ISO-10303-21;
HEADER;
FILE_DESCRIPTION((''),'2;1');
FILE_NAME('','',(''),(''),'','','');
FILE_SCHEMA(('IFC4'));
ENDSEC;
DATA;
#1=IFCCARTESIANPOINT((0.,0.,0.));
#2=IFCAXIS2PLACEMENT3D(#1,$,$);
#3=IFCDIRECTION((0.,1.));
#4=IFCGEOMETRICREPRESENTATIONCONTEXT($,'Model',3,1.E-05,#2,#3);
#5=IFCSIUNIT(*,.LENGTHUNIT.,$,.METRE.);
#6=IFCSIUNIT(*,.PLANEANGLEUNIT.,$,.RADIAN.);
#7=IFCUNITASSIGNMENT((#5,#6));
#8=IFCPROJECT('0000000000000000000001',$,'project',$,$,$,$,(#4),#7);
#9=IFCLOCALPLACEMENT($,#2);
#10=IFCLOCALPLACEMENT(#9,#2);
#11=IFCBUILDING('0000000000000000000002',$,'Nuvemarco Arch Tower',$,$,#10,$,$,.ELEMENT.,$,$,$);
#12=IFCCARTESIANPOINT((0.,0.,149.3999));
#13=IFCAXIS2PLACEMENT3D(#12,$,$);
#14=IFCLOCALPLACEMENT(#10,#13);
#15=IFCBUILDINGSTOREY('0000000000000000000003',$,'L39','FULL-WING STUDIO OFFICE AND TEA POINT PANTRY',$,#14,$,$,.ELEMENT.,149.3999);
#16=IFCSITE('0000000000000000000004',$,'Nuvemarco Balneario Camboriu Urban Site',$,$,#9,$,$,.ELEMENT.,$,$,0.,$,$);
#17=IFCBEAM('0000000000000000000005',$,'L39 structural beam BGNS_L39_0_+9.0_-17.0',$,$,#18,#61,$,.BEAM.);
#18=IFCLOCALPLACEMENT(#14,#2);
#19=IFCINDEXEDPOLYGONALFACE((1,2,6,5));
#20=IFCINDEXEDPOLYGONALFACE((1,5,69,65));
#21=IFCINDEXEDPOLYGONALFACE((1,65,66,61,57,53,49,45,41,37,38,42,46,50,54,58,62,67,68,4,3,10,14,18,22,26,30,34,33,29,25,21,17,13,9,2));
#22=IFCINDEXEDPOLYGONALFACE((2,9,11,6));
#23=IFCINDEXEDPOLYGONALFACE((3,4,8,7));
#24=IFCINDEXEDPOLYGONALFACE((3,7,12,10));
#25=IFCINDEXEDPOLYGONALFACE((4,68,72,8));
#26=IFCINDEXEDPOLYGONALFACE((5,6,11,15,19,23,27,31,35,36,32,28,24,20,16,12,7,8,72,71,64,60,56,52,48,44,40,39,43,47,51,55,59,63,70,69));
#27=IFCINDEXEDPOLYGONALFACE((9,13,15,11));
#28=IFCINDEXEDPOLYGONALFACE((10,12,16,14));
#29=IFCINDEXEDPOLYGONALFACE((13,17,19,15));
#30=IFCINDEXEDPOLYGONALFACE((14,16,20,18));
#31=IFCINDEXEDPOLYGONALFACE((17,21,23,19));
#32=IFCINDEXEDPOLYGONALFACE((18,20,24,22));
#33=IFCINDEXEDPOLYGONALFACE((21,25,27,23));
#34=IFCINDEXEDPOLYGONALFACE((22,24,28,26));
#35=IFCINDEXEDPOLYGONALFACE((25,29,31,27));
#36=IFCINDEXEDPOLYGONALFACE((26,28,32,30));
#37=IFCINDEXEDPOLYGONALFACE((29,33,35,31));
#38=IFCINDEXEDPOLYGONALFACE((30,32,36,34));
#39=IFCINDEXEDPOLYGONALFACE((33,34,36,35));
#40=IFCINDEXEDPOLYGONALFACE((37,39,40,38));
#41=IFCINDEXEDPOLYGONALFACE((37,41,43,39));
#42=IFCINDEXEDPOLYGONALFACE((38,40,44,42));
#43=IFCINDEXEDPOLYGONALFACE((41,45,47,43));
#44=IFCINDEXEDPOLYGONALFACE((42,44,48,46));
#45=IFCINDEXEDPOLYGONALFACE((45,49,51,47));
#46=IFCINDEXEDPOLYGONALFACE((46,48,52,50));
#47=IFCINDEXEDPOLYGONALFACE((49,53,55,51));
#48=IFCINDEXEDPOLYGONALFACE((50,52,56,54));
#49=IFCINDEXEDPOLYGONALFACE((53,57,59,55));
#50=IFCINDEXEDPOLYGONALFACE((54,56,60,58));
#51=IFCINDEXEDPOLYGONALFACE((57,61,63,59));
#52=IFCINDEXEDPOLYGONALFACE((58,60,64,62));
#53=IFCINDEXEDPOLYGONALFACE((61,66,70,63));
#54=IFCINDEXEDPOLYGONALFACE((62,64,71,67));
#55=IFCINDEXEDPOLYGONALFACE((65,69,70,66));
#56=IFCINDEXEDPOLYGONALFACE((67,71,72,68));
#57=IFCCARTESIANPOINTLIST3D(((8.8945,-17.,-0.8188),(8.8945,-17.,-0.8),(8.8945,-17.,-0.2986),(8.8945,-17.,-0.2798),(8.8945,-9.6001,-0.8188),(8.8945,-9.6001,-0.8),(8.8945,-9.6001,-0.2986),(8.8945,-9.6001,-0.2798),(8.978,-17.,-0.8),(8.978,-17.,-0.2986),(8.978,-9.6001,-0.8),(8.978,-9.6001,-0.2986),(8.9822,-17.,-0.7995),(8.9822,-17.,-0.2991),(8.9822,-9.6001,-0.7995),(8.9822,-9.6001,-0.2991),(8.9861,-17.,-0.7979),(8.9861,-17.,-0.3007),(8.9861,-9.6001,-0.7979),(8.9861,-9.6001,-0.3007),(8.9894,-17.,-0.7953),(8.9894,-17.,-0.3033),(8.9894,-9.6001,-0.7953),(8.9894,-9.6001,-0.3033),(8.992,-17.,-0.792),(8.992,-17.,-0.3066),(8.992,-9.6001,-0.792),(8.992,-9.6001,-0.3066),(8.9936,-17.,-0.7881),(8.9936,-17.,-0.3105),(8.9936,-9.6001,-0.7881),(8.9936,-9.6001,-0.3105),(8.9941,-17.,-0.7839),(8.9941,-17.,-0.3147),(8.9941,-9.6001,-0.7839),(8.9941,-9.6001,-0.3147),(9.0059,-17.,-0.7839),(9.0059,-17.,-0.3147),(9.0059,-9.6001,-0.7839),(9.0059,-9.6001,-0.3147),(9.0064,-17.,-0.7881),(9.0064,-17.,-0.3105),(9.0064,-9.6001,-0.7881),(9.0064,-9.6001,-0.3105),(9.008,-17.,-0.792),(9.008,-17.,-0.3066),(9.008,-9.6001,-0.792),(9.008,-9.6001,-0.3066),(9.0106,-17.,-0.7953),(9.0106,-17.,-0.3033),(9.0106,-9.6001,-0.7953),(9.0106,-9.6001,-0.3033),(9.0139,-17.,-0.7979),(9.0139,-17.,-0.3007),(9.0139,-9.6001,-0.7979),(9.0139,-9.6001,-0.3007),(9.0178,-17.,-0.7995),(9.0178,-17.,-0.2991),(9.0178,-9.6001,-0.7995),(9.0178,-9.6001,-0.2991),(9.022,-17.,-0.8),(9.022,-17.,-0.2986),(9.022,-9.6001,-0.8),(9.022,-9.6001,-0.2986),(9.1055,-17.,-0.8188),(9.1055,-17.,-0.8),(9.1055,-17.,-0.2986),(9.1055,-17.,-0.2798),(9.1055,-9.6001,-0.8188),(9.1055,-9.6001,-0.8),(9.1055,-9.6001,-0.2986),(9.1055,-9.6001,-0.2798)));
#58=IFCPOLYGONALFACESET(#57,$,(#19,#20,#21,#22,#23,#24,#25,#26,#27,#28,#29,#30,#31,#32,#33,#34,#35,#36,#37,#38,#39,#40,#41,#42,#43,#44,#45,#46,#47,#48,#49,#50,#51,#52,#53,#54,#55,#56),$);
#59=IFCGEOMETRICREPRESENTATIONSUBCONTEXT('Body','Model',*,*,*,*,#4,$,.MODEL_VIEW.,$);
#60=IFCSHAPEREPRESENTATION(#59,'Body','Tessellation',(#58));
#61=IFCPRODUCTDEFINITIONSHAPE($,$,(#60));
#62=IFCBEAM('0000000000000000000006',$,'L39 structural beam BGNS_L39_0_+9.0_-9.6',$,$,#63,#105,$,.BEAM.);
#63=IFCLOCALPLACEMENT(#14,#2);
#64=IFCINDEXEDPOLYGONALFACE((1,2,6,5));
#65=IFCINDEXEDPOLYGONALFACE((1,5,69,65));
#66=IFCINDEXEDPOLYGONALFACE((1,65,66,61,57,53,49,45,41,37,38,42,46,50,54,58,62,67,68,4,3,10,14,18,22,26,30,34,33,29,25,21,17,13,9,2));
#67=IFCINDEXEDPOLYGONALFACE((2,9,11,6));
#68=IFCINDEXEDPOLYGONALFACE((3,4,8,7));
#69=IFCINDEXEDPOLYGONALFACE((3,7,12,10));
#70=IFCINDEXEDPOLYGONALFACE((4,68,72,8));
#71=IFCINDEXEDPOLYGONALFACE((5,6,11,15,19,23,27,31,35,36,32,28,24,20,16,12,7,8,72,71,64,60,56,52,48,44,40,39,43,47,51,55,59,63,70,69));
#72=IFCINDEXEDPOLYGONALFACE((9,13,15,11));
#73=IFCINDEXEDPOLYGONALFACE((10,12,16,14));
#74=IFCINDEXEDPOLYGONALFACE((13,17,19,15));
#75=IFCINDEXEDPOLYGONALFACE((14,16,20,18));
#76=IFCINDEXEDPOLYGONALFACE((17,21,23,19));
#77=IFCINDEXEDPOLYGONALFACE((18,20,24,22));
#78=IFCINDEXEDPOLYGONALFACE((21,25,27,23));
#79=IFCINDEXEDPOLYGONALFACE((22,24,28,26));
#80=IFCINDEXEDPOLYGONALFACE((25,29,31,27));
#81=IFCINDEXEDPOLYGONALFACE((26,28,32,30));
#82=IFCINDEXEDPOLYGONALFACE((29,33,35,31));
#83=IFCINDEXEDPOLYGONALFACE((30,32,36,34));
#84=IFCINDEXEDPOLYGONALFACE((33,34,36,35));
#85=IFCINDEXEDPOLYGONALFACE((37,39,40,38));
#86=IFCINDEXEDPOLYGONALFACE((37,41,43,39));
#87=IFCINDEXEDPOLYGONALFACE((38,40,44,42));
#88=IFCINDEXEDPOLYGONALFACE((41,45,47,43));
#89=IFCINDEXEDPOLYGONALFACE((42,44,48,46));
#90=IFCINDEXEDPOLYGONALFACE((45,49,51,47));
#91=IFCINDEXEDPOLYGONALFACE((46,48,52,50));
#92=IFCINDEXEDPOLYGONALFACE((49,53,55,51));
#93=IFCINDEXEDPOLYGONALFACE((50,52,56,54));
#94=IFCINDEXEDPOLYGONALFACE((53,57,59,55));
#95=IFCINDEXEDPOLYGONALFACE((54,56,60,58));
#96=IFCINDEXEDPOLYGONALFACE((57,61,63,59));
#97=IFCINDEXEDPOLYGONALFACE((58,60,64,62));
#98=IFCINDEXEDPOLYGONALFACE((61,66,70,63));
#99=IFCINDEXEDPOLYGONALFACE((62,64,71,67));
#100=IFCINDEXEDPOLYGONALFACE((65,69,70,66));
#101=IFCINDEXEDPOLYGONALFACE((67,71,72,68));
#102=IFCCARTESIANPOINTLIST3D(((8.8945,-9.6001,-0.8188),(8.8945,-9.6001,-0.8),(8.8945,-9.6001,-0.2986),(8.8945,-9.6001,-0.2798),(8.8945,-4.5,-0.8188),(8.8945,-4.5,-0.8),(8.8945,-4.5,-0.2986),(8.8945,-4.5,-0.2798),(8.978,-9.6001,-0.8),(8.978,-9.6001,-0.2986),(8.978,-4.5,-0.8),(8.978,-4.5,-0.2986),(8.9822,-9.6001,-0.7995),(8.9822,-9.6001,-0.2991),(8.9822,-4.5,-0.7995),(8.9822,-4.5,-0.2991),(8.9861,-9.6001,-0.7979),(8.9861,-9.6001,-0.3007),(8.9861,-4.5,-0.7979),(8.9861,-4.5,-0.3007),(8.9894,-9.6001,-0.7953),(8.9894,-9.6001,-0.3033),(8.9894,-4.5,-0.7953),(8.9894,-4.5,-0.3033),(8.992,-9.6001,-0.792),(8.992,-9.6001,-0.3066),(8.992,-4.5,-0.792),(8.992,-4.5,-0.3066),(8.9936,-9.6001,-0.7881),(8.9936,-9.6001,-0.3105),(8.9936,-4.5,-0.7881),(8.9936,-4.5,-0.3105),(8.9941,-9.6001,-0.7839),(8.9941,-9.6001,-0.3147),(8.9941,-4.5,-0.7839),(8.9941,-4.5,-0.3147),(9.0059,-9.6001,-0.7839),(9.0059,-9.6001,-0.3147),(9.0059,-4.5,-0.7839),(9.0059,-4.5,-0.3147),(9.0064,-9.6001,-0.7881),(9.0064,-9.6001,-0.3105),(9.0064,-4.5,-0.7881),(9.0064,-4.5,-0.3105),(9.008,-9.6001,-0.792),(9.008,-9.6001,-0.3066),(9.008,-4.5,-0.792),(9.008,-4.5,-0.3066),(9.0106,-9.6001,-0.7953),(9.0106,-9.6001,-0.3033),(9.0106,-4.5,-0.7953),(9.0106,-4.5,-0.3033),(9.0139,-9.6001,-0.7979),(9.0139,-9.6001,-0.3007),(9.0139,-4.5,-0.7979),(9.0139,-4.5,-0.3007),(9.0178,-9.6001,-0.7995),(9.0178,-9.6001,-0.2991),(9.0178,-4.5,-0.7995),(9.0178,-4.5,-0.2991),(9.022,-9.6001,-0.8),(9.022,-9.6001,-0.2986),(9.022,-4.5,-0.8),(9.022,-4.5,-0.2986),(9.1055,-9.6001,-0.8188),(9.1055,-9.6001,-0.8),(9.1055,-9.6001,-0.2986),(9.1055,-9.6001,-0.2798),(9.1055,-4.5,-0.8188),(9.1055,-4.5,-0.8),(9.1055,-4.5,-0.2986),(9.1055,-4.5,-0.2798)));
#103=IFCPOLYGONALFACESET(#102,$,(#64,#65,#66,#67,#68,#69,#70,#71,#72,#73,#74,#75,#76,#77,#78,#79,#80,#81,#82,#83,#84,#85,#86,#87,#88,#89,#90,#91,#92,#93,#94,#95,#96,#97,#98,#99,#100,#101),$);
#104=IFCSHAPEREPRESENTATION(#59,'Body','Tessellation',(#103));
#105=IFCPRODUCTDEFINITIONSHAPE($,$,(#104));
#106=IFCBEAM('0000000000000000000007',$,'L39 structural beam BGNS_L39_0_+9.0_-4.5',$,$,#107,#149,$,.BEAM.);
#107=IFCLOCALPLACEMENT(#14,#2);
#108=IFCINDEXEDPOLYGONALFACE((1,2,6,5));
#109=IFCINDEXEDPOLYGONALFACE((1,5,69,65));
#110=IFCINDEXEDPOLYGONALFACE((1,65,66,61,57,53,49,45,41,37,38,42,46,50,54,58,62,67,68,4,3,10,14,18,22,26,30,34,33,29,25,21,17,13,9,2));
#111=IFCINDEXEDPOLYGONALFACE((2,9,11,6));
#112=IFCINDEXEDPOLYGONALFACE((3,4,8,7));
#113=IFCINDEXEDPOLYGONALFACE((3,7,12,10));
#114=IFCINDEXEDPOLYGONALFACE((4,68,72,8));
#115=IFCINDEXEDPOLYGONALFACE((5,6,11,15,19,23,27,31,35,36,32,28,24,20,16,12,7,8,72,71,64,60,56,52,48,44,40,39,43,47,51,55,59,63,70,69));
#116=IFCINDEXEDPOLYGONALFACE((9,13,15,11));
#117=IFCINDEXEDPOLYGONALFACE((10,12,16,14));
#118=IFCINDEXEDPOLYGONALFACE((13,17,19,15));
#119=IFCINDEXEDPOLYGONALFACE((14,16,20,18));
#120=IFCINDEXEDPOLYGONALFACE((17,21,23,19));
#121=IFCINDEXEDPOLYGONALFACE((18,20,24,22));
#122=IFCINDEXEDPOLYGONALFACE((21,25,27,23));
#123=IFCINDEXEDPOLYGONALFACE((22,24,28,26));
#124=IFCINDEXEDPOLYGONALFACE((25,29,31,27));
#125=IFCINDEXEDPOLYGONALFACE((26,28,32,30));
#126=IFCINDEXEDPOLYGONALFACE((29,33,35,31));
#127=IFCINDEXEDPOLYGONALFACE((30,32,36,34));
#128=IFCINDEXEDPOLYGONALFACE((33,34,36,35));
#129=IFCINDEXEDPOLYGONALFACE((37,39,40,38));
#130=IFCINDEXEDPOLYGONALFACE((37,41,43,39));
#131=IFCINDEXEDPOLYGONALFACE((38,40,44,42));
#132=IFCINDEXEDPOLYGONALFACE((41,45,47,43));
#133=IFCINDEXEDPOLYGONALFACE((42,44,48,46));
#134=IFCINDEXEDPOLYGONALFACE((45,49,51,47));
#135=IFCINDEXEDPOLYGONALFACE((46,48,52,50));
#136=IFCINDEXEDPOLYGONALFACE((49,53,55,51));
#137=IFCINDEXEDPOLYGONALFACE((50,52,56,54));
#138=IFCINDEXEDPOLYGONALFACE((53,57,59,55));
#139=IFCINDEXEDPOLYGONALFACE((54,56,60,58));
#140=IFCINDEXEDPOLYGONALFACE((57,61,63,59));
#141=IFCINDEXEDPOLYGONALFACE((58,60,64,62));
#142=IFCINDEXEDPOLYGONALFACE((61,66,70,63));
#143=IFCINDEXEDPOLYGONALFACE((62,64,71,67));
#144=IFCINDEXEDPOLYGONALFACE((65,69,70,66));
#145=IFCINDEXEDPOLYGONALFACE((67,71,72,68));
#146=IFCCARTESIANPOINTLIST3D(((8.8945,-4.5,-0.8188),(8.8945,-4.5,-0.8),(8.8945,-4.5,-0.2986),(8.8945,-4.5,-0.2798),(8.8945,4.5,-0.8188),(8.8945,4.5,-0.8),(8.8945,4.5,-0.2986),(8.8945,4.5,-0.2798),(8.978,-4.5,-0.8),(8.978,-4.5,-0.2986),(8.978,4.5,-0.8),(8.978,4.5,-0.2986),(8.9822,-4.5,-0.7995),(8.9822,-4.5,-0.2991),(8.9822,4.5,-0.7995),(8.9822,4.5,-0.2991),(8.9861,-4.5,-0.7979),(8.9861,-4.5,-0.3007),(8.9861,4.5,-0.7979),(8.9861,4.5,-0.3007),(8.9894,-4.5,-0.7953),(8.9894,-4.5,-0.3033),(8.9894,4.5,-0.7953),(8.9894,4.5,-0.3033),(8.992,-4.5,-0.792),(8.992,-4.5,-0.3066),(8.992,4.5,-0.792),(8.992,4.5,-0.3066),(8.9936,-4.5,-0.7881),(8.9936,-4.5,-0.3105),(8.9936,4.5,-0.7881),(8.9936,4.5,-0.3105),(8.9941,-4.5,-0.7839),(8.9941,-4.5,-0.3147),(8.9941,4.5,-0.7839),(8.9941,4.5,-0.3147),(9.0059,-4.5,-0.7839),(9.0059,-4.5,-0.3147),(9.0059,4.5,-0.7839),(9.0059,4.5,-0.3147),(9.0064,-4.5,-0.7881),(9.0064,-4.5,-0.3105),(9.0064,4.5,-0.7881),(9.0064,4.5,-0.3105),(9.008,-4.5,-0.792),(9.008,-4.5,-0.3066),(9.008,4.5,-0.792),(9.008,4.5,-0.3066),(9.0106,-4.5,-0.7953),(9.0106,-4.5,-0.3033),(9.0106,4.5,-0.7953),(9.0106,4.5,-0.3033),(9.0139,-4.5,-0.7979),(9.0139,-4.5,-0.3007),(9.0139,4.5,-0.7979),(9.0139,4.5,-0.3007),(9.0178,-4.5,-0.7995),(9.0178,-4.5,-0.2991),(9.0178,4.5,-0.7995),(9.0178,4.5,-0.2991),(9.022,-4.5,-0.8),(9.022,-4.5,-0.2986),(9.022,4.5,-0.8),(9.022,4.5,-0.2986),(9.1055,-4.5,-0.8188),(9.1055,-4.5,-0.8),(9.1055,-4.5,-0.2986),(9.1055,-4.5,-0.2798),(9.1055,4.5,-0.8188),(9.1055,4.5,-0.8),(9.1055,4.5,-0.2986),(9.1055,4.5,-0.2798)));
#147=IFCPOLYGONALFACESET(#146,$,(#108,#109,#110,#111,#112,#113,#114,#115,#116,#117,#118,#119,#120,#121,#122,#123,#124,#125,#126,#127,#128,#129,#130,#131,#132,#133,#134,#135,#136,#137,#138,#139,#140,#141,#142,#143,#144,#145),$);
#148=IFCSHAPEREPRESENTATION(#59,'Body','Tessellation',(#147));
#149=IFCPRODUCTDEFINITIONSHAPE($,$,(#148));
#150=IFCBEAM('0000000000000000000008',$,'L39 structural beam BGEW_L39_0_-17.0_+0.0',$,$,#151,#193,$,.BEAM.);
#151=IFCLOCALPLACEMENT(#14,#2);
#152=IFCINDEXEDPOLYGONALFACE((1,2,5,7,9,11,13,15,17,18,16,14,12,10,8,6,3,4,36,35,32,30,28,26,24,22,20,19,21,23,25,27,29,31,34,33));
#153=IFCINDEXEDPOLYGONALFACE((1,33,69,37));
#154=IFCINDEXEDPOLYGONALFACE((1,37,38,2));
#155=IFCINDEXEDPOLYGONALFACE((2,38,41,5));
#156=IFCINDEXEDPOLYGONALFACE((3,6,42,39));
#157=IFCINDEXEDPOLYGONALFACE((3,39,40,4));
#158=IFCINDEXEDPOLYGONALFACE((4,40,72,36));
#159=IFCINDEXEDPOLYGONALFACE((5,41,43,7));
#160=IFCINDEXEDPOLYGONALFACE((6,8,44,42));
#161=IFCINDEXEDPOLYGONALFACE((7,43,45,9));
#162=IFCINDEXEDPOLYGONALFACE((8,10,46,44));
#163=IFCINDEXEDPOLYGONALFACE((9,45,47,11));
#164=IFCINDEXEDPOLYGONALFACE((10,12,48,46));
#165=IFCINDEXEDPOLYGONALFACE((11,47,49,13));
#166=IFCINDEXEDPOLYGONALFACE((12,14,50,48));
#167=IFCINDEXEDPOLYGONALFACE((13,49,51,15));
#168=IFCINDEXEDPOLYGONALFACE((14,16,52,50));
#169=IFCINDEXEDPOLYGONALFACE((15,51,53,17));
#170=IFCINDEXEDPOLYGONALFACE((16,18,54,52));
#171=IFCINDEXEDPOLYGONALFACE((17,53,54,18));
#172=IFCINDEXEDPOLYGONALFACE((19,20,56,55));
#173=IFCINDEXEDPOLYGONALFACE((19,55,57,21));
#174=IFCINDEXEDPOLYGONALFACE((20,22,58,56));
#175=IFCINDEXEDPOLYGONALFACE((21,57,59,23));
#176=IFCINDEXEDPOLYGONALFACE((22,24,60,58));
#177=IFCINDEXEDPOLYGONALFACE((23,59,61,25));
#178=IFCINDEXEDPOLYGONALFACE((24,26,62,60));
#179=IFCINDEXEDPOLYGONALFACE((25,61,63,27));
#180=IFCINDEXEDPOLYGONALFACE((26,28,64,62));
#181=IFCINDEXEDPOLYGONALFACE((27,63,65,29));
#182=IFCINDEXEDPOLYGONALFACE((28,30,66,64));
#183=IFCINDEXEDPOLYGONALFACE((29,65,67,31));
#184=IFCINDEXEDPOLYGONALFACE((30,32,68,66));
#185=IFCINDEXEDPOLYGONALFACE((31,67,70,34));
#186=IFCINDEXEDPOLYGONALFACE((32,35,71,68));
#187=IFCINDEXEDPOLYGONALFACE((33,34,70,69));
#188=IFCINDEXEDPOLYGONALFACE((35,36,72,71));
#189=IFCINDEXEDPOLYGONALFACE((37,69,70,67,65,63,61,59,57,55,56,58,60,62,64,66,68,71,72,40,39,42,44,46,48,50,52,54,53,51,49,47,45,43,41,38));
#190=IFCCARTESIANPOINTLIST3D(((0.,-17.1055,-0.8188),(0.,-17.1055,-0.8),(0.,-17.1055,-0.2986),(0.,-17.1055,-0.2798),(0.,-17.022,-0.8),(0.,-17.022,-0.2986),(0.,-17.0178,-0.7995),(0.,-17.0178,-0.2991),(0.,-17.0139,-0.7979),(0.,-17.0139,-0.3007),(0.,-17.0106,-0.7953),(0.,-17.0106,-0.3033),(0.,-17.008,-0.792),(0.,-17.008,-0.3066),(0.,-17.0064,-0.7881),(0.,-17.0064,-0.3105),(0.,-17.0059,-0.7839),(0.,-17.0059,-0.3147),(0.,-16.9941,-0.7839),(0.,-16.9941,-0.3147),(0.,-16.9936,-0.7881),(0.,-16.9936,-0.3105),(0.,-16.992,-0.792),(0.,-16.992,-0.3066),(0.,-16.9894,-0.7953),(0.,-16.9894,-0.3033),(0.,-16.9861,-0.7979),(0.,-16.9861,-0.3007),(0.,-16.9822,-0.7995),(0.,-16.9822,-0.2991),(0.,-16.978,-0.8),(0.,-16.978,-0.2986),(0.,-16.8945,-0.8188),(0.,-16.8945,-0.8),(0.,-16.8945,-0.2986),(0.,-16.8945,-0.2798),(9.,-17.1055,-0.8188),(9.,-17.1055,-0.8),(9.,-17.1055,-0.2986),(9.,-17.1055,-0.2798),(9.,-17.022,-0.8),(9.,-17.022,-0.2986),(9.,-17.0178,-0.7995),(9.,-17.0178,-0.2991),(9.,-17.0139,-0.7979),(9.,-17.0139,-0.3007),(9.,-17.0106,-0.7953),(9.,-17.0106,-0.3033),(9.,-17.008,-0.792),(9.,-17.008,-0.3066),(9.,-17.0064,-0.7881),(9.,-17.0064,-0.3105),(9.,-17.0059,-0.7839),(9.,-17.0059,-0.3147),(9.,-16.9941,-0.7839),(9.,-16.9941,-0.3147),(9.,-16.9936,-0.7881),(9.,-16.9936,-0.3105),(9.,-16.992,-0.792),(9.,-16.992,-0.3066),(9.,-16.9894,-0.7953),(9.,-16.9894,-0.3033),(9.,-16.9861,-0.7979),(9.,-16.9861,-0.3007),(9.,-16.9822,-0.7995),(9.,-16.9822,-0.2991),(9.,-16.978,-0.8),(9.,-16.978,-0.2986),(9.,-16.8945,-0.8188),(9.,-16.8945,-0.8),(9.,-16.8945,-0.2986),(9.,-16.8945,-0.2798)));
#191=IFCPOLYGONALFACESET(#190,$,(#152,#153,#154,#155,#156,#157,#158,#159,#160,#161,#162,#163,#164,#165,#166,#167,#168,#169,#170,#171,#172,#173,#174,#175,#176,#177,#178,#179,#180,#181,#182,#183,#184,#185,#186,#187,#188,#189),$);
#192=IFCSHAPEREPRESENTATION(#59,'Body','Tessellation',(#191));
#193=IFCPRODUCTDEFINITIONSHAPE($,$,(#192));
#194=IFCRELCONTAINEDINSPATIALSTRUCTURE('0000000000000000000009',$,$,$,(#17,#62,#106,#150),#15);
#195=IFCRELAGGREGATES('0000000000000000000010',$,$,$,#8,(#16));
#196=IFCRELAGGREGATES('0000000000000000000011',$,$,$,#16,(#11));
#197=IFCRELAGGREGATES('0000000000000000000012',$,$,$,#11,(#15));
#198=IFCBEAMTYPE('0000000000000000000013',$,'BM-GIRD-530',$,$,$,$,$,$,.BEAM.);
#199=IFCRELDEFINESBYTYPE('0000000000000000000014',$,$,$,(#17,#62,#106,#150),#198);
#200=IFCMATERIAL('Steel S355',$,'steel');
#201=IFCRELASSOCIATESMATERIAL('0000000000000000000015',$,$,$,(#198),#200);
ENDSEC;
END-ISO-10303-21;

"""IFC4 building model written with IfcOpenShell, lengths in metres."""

from ifc_helpers import new_model, si_unit, direction, frame, origin, origin_2d, place, context, subcontext, project, spatial, i_section, extrude, material, material_profile, profile_set, type_object, element, save


model = new_model("IFC4")

# Units and contexts
model_context = context("Model", 3, precision=1e-05, world=origin(), true_north=direction((0.0, 1.0)))
body_context = subcontext(model_context, "Body", "Model", "MODEL_VIEW")
ifc_project = project(units=[si_unit("LENGTHUNIT", "METRE"), si_unit("PLANEANGLEUNIT", "RADIAN")], contexts=[model_context])

# Site, building, storey
site_placement = place(None, origin())
site = spatial("IfcSite", under=ifc_project, at=site_placement, Name="Nuvemarco Balneario Camboriu Urban Site", CompositionType="ELEMENT", RefElevation=0.0)
building_placement = place(site_placement, origin())
building = spatial("IfcBuilding", under=site, at=building_placement, Name="Nuvemarco Arch Tower", CompositionType="ELEMENT")
storey_placement = place(building_placement, frame((0.0, 0.0, 149.3999)))
storey = spatial("IfcBuildingStorey", under=building, at=storey_placement, Name="L39", Description="FULL-WING STUDIO OFFICE AND TEA POINT PANTRY", CompositionType="ELEMENT", Elevation=149.3999)

# Shared definitions
ifc_material_1 = material(Name="Steel S355", Category="steel")

# Beams
ifc_material_profile_1 = material_profile(ifc_material_1, i_section(OverallWidth=0.2109, OverallDepth=0.5391, WebThickness=0.0117, FlangeThickness=0.0188, FilletRadius=0.0161, at=origin_2d()), Name="W530x109")
ifc_profile_set_1 = profile_set([ifc_material_profile_1], Name="Steel S355")
beam_type_1 = type_object("IfcBeamType", Name="BM-GIRD-530", PredefinedType="BEAM", material=ifc_profile_set_1)
beam_1_placement = place(storey_placement, frame((9.0, -17.0, -0.5493), z_axis=(0.0, 1.0, 0.0), x_axis=(-1.0, 0.0, 0.0)))
element("IfcBeam", 1, at=beam_1_placement, inside=storey, type_object=beam_type_1, Name="L39 structural beam BGNS_L39_0_+9.0_-17.0", PredefinedType="BEAM", context=body_context, shape_type="SweptSolid", body=[
    extrude(i_section(OverallWidth=0.2109, OverallDepth=0.5391, WebThickness=0.0117, FlangeThickness=0.0188, FilletRadius=0.0161, at=origin_2d()), origin(), (0.0, 0.0, 1.0), 7.3999),
])
beam_2_placement = place(storey_placement, frame((9.0, -9.6001, -0.5493), z_axis=(0.0, 1.0, 0.0), x_axis=(-1.0, 0.0, 0.0)))
element("IfcBeam", 2, at=beam_2_placement, inside=storey, type_object=beam_type_1, Name="L39 structural beam BGNS_L39_0_+9.0_-9.6", PredefinedType="BEAM", context=body_context, shape_type="SweptSolid", body=[
    extrude(i_section(OverallWidth=0.2109, OverallDepth=0.5391, WebThickness=0.0117, FlangeThickness=0.0188, FilletRadius=0.0161, at=origin_2d()), origin(), (0.0, 0.0, 1.0), 5.1001),
])
for number, where, z_axis, x_axis, name in (
    (3, (9.0, -4.5, -0.5493), (0.0, 1.0, 0.0), (-1.0, 0.0, 0.0), "L39 structural beam BGNS_L39_0_+9.0_-4.5"),
    (4, (0.0, -17.0, -0.5493), (1.0, 0.0, 0.0), (0.0, 1.0, 0.0), "L39 structural beam BGEW_L39_0_-17.0_+0.0"),
):
    element("IfcBeam", number, at=place(storey_placement, frame(where, z_axis=z_axis, x_axis=x_axis)), inside=storey, type_object=beam_type_1, Name=name, PredefinedType="BEAM", context=body_context, shape_type="SweptSolid", body=[
        extrude(i_section(OverallWidth=0.2109, OverallDepth=0.5391, WebThickness=0.0117, FlangeThickness=0.0188, FilletRadius=0.0161, at=origin_2d()), origin(), (0.0, 0.0, 1.0), 9.0),
    ])

save(model, "model.ifc")
